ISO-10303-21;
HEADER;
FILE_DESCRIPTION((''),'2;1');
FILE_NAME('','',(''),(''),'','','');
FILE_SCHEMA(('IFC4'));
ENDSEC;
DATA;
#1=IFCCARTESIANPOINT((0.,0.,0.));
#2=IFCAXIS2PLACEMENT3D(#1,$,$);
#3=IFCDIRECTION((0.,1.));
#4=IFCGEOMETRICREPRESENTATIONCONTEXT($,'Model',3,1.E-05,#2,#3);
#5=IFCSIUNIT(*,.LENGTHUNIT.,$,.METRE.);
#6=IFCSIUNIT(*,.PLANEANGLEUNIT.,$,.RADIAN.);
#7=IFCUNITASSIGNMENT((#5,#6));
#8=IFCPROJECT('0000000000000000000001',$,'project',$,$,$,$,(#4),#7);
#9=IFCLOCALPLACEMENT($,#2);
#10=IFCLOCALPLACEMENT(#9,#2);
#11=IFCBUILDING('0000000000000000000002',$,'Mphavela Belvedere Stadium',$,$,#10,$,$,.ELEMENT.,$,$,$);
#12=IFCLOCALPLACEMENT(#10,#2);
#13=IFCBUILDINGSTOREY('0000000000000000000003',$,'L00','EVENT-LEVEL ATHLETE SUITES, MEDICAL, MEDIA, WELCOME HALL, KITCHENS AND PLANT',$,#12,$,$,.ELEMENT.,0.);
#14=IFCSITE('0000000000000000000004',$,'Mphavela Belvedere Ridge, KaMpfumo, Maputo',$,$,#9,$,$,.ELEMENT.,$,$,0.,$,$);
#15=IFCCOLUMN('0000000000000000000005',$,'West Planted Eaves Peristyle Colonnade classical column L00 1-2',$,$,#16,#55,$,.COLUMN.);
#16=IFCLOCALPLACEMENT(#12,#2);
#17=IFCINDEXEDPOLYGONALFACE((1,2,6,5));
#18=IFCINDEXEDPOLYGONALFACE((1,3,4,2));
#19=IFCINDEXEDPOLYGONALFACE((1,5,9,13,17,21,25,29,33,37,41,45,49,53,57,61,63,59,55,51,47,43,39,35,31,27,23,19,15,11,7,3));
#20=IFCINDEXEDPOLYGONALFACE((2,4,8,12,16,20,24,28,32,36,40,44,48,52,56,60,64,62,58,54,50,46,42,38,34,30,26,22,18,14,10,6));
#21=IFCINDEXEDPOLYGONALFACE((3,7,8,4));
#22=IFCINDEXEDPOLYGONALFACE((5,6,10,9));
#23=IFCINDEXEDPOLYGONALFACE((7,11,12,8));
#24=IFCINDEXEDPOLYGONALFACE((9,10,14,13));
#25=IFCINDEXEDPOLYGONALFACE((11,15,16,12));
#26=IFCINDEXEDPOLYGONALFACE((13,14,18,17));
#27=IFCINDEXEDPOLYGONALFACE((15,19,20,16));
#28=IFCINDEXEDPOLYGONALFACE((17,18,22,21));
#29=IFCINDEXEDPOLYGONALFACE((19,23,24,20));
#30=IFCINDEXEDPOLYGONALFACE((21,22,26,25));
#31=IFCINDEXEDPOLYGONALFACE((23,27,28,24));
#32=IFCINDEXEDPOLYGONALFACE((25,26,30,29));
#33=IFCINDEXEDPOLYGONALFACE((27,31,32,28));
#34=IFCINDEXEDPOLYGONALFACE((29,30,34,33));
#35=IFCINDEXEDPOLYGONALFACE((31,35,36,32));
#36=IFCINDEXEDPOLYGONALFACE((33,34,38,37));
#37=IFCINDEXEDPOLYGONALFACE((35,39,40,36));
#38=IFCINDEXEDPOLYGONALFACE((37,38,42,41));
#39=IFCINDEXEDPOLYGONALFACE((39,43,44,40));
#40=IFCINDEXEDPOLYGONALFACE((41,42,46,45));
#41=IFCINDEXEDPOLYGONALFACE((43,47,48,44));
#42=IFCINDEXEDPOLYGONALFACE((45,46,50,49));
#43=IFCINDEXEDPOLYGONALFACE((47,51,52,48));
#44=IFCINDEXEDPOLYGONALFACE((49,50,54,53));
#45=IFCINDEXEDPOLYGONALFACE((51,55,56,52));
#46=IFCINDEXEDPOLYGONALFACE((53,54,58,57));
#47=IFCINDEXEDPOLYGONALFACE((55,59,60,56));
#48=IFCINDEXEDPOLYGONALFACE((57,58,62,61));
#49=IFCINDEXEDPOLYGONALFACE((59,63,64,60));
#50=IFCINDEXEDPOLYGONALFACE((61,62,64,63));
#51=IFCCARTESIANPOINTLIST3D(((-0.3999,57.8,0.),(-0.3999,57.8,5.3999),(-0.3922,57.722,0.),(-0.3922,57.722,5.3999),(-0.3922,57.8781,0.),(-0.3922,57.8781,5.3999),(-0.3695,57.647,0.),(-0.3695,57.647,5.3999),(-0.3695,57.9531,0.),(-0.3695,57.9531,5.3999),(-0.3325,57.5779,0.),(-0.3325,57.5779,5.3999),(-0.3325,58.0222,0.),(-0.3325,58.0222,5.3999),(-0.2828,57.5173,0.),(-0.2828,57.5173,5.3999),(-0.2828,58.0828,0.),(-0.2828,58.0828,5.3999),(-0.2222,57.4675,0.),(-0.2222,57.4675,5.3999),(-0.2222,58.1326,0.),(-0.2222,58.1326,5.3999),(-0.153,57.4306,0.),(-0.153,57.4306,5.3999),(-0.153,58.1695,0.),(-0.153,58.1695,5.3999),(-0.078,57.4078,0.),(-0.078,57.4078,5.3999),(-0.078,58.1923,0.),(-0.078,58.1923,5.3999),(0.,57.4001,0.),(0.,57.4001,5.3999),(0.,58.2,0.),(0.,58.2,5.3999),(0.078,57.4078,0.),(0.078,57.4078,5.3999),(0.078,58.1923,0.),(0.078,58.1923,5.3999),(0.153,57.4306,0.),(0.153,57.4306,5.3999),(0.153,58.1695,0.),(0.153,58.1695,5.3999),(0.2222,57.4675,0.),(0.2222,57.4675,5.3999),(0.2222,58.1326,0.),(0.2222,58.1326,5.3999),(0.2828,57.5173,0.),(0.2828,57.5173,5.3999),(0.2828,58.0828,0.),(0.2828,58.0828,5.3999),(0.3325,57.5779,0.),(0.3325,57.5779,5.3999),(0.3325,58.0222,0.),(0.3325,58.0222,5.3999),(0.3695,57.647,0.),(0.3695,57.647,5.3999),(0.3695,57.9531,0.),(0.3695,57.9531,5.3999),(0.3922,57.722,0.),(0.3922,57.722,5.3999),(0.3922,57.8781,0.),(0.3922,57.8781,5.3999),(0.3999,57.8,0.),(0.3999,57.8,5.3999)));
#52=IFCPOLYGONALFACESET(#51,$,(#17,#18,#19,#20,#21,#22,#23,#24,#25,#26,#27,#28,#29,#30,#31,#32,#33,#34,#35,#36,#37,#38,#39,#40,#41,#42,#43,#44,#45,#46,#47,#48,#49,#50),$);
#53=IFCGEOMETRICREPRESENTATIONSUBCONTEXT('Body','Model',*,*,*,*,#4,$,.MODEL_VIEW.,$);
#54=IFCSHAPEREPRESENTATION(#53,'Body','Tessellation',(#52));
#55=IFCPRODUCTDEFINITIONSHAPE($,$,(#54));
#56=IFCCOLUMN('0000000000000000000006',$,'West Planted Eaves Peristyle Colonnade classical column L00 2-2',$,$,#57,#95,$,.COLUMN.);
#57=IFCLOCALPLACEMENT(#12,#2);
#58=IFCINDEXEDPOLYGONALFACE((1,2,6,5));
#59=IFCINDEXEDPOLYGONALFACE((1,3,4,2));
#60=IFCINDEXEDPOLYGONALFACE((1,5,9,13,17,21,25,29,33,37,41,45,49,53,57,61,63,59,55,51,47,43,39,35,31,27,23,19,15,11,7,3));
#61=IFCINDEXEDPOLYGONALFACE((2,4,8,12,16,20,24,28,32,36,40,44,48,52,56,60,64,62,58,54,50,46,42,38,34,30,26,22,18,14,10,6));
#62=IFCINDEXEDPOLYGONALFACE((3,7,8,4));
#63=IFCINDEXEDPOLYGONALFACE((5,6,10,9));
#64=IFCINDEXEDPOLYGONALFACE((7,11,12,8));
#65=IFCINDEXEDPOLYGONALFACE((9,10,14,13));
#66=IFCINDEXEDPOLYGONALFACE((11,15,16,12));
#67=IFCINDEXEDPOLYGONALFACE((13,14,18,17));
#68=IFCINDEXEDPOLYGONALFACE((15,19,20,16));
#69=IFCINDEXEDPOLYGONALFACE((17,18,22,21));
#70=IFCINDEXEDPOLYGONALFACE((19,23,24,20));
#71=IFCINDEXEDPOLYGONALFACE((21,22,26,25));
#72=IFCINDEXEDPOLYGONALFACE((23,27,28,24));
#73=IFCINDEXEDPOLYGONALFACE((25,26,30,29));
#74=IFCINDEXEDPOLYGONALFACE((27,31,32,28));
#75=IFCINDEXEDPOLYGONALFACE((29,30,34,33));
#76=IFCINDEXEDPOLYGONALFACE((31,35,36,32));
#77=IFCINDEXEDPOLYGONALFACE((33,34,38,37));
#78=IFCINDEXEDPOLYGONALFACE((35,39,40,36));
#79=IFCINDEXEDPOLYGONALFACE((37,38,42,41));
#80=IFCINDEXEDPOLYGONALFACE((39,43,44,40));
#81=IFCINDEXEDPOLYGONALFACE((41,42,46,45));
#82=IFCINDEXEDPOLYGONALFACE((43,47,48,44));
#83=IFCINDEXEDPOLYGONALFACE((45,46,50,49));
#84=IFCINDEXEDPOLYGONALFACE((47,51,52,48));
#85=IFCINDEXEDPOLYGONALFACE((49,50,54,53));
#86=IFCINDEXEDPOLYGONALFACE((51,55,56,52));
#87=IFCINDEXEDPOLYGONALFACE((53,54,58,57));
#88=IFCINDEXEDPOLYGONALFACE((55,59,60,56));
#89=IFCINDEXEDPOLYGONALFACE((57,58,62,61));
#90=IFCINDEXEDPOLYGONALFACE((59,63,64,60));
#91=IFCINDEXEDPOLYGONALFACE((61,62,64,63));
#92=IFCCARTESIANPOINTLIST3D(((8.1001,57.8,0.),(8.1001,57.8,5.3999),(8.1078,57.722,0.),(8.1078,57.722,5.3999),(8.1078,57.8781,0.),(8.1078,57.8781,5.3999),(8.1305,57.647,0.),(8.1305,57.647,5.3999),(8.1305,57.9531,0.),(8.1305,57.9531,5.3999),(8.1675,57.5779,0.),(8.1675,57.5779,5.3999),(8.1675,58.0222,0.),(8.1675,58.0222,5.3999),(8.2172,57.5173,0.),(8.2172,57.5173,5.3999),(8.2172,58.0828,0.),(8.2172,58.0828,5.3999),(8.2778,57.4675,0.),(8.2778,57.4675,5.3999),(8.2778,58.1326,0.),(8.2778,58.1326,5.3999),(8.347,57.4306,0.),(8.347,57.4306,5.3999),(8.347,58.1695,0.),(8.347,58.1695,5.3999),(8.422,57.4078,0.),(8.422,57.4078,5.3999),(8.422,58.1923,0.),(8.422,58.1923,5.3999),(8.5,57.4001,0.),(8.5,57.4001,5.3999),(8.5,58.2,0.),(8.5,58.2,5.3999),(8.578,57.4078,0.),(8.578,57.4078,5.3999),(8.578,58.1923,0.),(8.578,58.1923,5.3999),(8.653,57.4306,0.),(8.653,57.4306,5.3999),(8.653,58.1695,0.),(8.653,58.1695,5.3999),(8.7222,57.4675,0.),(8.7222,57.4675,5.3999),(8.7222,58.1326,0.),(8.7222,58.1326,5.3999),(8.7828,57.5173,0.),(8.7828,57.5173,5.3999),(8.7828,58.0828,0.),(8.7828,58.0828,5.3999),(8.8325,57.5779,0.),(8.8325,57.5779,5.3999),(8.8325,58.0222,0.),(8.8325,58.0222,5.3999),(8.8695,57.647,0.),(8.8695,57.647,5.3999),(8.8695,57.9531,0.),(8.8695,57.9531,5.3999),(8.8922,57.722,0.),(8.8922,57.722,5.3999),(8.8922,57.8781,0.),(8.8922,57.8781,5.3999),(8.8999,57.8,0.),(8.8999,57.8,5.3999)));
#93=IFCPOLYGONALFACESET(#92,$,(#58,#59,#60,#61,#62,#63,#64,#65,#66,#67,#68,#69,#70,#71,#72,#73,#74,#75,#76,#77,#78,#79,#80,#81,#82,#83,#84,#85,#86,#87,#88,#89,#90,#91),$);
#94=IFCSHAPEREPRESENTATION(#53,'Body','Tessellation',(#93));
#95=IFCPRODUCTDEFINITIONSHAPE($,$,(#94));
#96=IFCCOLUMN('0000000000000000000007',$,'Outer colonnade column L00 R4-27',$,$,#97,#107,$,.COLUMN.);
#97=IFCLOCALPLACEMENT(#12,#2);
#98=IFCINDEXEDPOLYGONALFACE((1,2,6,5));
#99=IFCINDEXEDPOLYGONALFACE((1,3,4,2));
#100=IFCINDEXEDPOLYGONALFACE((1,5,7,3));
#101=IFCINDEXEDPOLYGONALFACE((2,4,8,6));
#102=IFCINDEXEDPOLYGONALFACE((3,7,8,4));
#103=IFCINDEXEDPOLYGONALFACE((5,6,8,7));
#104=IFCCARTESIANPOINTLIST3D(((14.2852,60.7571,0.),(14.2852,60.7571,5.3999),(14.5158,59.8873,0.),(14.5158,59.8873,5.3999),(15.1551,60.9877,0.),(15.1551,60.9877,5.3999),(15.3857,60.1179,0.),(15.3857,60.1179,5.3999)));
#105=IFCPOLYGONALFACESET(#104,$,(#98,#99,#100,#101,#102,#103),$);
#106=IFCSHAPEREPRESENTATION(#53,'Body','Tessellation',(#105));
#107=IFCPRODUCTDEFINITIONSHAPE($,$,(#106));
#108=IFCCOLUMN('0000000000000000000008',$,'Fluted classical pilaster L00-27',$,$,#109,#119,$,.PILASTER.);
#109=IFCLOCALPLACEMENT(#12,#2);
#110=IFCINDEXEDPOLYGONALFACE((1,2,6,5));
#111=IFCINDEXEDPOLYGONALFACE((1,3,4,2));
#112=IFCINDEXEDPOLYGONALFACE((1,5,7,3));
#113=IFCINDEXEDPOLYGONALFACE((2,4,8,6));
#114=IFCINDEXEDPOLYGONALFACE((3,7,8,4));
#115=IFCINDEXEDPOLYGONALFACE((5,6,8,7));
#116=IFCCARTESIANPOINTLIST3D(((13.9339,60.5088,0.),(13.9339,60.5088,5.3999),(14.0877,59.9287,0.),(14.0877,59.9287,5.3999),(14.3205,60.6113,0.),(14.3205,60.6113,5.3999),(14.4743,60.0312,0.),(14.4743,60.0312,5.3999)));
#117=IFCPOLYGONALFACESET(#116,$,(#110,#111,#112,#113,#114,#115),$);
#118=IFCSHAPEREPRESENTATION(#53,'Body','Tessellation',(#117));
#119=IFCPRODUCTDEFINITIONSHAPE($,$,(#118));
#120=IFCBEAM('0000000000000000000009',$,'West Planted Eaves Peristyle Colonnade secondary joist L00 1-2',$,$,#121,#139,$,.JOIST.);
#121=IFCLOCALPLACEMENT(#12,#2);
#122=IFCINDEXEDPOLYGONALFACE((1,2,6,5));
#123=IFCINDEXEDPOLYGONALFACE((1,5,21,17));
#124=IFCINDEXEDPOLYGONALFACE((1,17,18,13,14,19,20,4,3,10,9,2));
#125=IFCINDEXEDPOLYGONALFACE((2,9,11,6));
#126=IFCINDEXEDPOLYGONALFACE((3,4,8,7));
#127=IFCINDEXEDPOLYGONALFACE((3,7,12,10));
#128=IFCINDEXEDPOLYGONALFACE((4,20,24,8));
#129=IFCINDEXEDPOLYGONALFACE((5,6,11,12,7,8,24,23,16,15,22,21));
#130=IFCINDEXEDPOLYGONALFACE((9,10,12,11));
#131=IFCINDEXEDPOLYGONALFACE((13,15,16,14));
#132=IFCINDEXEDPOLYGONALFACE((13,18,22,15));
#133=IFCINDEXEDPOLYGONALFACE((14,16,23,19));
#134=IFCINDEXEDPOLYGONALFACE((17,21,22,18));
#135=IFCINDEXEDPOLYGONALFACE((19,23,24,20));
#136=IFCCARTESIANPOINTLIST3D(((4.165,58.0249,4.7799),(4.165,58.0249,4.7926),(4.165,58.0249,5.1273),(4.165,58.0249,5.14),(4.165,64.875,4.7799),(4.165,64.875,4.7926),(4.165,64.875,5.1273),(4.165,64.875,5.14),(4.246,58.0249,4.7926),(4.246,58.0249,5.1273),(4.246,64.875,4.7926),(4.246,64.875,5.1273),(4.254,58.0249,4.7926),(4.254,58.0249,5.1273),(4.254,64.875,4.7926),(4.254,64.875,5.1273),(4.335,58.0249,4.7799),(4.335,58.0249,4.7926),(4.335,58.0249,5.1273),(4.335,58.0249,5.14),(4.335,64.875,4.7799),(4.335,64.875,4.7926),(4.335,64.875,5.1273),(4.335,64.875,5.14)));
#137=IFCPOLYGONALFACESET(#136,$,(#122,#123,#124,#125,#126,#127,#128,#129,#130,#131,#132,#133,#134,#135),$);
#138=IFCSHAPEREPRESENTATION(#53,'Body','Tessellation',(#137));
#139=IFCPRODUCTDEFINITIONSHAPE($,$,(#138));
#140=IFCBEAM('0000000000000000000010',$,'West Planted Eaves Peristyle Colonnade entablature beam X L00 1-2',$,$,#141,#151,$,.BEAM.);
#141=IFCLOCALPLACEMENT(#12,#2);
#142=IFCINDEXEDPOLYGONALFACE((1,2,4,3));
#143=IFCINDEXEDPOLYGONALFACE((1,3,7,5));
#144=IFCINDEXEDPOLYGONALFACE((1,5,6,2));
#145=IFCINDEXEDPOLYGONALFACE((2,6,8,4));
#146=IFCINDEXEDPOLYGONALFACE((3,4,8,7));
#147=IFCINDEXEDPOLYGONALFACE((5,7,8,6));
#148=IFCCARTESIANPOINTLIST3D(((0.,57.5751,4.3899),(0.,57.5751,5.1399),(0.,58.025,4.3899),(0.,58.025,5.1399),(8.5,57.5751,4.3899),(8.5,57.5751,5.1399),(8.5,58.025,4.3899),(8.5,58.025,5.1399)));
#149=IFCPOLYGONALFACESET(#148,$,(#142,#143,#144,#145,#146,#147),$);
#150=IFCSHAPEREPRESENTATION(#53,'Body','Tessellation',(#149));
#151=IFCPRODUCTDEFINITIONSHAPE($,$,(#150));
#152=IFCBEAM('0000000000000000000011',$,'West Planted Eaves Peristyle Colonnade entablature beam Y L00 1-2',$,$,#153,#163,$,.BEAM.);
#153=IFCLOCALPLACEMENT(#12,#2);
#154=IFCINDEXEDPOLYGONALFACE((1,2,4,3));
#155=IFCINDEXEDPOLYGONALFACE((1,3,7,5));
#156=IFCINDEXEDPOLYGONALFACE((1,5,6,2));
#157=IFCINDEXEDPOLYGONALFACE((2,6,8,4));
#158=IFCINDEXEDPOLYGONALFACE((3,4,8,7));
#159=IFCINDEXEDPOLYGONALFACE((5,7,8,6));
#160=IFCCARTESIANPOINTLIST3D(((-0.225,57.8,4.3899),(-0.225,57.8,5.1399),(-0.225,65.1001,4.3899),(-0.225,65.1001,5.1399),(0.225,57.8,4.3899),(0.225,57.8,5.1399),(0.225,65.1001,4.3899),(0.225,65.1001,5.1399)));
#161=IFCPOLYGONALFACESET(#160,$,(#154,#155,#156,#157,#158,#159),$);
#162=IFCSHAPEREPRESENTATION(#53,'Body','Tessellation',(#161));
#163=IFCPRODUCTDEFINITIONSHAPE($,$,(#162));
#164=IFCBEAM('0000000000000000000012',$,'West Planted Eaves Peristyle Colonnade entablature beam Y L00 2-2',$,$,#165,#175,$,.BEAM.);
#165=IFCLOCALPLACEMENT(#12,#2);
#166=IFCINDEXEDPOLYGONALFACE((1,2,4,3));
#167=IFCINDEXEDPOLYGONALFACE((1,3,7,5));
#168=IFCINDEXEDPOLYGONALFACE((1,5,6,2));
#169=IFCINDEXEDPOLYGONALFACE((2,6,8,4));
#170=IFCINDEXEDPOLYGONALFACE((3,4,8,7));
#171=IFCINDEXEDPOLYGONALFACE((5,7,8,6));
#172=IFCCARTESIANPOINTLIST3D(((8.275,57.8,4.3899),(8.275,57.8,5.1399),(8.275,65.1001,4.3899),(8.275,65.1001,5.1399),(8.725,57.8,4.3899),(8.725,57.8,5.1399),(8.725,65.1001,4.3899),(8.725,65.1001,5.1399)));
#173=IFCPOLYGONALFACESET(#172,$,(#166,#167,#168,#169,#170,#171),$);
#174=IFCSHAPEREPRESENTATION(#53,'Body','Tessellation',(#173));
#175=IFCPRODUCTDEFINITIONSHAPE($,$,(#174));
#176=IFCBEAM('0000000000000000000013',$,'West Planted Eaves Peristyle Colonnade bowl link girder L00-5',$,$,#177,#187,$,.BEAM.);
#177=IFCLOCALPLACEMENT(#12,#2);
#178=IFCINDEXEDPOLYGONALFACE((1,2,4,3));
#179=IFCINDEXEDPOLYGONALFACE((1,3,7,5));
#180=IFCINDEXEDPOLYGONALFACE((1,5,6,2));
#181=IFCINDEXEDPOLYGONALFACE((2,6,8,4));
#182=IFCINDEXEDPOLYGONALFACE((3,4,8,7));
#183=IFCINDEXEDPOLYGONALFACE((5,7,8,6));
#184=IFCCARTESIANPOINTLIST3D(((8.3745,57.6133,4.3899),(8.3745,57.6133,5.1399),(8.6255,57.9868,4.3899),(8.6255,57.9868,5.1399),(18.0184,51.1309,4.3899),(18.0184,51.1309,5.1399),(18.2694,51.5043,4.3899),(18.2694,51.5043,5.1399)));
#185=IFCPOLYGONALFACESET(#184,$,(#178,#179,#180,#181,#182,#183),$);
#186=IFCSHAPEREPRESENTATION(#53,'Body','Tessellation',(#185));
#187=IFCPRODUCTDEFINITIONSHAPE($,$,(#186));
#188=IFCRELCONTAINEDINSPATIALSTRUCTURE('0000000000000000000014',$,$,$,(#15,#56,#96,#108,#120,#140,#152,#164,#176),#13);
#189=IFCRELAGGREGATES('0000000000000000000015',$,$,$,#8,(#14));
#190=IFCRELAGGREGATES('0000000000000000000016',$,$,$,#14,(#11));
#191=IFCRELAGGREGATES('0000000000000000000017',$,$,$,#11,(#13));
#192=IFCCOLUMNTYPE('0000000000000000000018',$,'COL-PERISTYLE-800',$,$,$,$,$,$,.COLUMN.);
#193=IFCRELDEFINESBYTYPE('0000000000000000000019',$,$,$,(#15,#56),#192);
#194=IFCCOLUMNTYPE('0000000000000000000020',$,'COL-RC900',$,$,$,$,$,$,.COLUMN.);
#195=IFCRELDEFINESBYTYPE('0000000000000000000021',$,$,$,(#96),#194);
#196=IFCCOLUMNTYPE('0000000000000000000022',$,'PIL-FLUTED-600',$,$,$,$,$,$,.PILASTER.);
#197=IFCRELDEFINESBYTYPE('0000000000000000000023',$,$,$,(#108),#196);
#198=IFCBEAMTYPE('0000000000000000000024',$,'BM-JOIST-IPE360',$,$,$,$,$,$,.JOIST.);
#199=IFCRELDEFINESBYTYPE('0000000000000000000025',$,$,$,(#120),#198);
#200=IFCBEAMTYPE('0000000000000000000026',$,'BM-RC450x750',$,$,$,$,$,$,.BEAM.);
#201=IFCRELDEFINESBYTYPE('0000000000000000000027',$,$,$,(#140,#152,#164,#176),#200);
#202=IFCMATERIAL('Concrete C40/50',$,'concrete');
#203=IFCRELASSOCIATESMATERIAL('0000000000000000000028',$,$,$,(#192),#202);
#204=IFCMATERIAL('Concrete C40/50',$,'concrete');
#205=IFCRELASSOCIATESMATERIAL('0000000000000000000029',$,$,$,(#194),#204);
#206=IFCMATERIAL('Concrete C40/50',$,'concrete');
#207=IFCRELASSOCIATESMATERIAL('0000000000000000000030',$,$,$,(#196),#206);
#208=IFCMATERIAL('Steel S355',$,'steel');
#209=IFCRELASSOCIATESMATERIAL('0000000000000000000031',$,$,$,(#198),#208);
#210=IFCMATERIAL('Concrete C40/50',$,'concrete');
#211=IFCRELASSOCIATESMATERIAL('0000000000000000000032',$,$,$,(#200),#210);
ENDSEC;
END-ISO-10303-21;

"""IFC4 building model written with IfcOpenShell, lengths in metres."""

from ifc_helpers import new_model, si_unit, direction, frame, origin, origin_2d, place, context, subcontext, project, spatial, rectangle, circle, i_section, extrude, material, material_profile, profile_set, type_object, element, save


model = new_model("IFC4")

# Units and contexts
model_context = context("Model", 3, precision=1e-05, world=origin(), true_north=direction((0.0, 1.0)))
body_context = subcontext(model_context, "Body", "Model", "MODEL_VIEW")
ifc_project = project(units=[si_unit("LENGTHUNIT", "METRE"), si_unit("PLANEANGLEUNIT", "RADIAN")], contexts=[model_context])

# Site, building, storey
site_placement = place(None, origin())
site = spatial("IfcSite", under=ifc_project, at=site_placement, Name="Mphavela Belvedere Ridge, KaMpfumo, Maputo", CompositionType="ELEMENT", RefElevation=0.0)
building_placement = place(site_placement, origin())
building = spatial("IfcBuilding", under=site, at=building_placement, Name="Mphavela Belvedere Stadium", CompositionType="ELEMENT")
storey_placement = place(building_placement, origin())
storey = spatial("IfcBuildingStorey", under=building, at=storey_placement, Name="L00", Description="EVENT-LEVEL ATHLETE SUITES, MEDICAL, MEDIA, WELCOME HALL, KITCHENS AND PLANT", CompositionType="ELEMENT", Elevation=0.0)

# Columns
ifc_material_1 = material(Name="Concrete C40/50", Category="concrete")
ifc_material_profile_1 = material_profile(ifc_material_1, circle(Radius=0.3999, at=origin_2d()), Name="COL D800")
ifc_profile_set_1 = profile_set([ifc_material_profile_1], Name="Concrete C40/50")
column_type_1 = type_object("IfcColumnType", Name="COL-PERISTYLE-800", PredefinedType="COLUMN", material=ifc_profile_set_1)
for number, where, z_axis, x_axis, name in (
    (1, (0.0, 57.8, 0.0), (0.0, 0.0, 1.0), (1.0, 0.0, 0.0), "West Planted Eaves Peristyle Colonnade classical column L00 1-2"),
    (2, (8.5, 57.8, 0.0), (0.0, 0.0, 1.0), (1.0, 0.0, 0.0), "West Planted Eaves Peristyle Colonnade classical column L00 2-2"),
):
    element("IfcColumn", number, at=place(storey_placement, frame(where, z_axis=z_axis, x_axis=x_axis)), inside=storey, type_object=column_type_1, Name=name, PredefinedType="COLUMN", context=body_context, shape_type="SweptSolid", body=[
        extrude(circle(Radius=0.3999, at=origin_2d()), origin(), (0.0, 0.0, 1.0), 5.3999),
    ])
ifc_material_2 = material(Name="Concrete C40/50", Category="concrete")
ifc_material_profile_2 = material_profile(ifc_material_2, rectangle(XDim=0.8999, YDim=0.8999, at=origin_2d()), Name="RC 900x900")
ifc_profile_set_2 = profile_set([ifc_material_profile_2], Name="Concrete C40/50")
column_type_2 = type_object("IfcColumnType", Name="COL-RC900", PredefinedType="COLUMN", material=ifc_profile_set_2)
column_1_placement = place(storey_placement, frame((14.8354, 60.4375, 0.0), z_axis=(0.0, 0.0, 1.0), x_axis=(-0.9666, -0.256289, 0.0)))
element("IfcColumn", 3, at=column_1_placement, inside=storey, type_object=column_type_2, Name="Outer colonnade column L00 R4-27", PredefinedType="COLUMN", context=body_context, shape_type="SweptSolid", body=[
    extrude(rectangle(XDim=0.8999, YDim=0.8999, at=origin_2d()), origin(), (0.0, 0.0, 1.0), 5.3999),
])
ifc_material_3 = material(Name="Concrete C40/50", Category="concrete")
ifc_material_profile_3 = material_profile(ifc_material_3, rectangle(XDim=0.6001, YDim=0.3999, at=origin_2d()), Name="PIL 600x400")
ifc_profile_set_3 = profile_set([ifc_material_profile_3], Name="Concrete C40/50")
column_type_3 = type_object("IfcColumnType", Name="PIL-FLUTED-600", PredefinedType="PILASTER", material=ifc_profile_set_3)
column_2_placement = place(storey_placement, frame((14.2041, 60.27, 0.0), z_axis=(0.0, 0.0, 1.0), x_axis=(0.256289, -0.9666, 0.0)))
element("IfcColumn", 4, at=column_2_placement, inside=storey, type_object=column_type_3, Name="Fluted classical pilaster L00-27", PredefinedType="PILASTER", context=body_context, shape_type="SweptSolid", body=[
    extrude(rectangle(XDim=0.6001, YDim=0.3999, at=origin_2d()), origin(), (0.0, 0.0, 1.0), 5.3999),
])

# Beams
ifc_material_4 = material(Name="Steel S355", Category="steel")
ifc_material_profile_4 = material_profile(ifc_material_4, i_section(OverallWidth=0.1699, OverallDepth=0.3601, WebThickness=0.0081, FlangeThickness=0.0127, at=origin_2d()), Name="IPE 360")
ifc_profile_set_4 = profile_set([ifc_material_profile_4], Name="Steel S355")
beam_type_1 = type_object("IfcBeamType", Name="BM-JOIST-IPE360", PredefinedType="JOIST", material=ifc_profile_set_4)
beam_1_placement = place(storey_placement, frame((4.25, 58.0249, 4.96), z_axis=(0.0, 1.0, 0.0), x_axis=(-1.0, 0.0, 0.0)))
element("IfcBeam", 5, at=beam_1_placement, inside=storey, type_object=beam_type_1, Name="West Planted Eaves Peristyle Colonnade secondary joist L00 1-2", PredefinedType="JOIST", context=body_context, shape_type="SweptSolid", body=[
    extrude(i_section(OverallWidth=0.1699, OverallDepth=0.3601, WebThickness=0.0081, FlangeThickness=0.0127, at=origin_2d()), origin(), (0.0, 0.0, 1.0), 6.8501),
])
ifc_material_5 = material(Name="Concrete C40/50", Category="concrete")
ifc_material_profile_5 = material_profile(ifc_material_5, rectangle(XDim=0.45, YDim=0.75, at=origin_2d()), Name="RC 450x750")
ifc_profile_set_5 = profile_set([ifc_material_profile_5], Name="Concrete C40/50")
beam_type_2 = type_object("IfcBeamType", Name="BM-RC450x750", PredefinedType="BEAM", material=ifc_profile_set_5)
beam_2_placement = place(storey_placement, frame((0.0, 57.8, 4.7649), z_axis=(1.0, 0.0, 0.0), x_axis=(0.0, 1.0, 0.0)))
element("IfcBeam", 6, at=beam_2_placement, inside=storey, type_object=beam_type_2, Name="West Planted Eaves Peristyle Colonnade entablature beam X L00 1-2", PredefinedType="BEAM", context=body_context, shape_type="SweptSolid", body=[
    extrude(rectangle(XDim=0.45, YDim=0.75, at=origin_2d()), origin(), (0.0, 0.0, 1.0), 8.5),
])
for number, where, z_axis, x_axis, name in (
    (7, (0.0, 57.8, 4.7649), (0.0, 1.0, 0.0), (-1.0, 0.0, 0.0), "West Planted Eaves Peristyle Colonnade entablature beam Y L00 1-2"),
    (8, (8.5, 57.8, 4.7649), (0.0, 1.0, 0.0), (-1.0, 0.0, 0.0), "West Planted Eaves Peristyle Colonnade entablature beam Y L00 2-2"),
):
    element("IfcBeam", number, at=place(storey_placement, frame(where, z_axis=z_axis, x_axis=x_axis)), inside=storey, type_object=beam_type_2, Name=name, PredefinedType="BEAM", context=body_context, shape_type="SweptSolid", body=[
        extrude(rectangle(XDim=0.45, YDim=0.75, at=origin_2d()), origin(), (0.0, 0.0, 1.0), 7.3),
    ])
beam_3_placement = place(storey_placement, frame((8.5, 57.8, 4.7649), z_axis=(0.82993, -0.557867, 0.0), x_axis=(0.557867, 0.82993, 0.0)))
element("IfcBeam", 9, at=beam_3_placement, inside=storey, type_object=beam_type_2, Name="West Planted Eaves Peristyle Colonnade bowl link girder L00-5", PredefinedType="BEAM", context=body_context, shape_type="SweptSolid", body=[
    extrude(rectangle(XDim=0.45, YDim=0.75, at=origin_2d()), origin(), (0.0, 0.0, 1.0), 11.6201),
])

save(model, "model.ifc")
